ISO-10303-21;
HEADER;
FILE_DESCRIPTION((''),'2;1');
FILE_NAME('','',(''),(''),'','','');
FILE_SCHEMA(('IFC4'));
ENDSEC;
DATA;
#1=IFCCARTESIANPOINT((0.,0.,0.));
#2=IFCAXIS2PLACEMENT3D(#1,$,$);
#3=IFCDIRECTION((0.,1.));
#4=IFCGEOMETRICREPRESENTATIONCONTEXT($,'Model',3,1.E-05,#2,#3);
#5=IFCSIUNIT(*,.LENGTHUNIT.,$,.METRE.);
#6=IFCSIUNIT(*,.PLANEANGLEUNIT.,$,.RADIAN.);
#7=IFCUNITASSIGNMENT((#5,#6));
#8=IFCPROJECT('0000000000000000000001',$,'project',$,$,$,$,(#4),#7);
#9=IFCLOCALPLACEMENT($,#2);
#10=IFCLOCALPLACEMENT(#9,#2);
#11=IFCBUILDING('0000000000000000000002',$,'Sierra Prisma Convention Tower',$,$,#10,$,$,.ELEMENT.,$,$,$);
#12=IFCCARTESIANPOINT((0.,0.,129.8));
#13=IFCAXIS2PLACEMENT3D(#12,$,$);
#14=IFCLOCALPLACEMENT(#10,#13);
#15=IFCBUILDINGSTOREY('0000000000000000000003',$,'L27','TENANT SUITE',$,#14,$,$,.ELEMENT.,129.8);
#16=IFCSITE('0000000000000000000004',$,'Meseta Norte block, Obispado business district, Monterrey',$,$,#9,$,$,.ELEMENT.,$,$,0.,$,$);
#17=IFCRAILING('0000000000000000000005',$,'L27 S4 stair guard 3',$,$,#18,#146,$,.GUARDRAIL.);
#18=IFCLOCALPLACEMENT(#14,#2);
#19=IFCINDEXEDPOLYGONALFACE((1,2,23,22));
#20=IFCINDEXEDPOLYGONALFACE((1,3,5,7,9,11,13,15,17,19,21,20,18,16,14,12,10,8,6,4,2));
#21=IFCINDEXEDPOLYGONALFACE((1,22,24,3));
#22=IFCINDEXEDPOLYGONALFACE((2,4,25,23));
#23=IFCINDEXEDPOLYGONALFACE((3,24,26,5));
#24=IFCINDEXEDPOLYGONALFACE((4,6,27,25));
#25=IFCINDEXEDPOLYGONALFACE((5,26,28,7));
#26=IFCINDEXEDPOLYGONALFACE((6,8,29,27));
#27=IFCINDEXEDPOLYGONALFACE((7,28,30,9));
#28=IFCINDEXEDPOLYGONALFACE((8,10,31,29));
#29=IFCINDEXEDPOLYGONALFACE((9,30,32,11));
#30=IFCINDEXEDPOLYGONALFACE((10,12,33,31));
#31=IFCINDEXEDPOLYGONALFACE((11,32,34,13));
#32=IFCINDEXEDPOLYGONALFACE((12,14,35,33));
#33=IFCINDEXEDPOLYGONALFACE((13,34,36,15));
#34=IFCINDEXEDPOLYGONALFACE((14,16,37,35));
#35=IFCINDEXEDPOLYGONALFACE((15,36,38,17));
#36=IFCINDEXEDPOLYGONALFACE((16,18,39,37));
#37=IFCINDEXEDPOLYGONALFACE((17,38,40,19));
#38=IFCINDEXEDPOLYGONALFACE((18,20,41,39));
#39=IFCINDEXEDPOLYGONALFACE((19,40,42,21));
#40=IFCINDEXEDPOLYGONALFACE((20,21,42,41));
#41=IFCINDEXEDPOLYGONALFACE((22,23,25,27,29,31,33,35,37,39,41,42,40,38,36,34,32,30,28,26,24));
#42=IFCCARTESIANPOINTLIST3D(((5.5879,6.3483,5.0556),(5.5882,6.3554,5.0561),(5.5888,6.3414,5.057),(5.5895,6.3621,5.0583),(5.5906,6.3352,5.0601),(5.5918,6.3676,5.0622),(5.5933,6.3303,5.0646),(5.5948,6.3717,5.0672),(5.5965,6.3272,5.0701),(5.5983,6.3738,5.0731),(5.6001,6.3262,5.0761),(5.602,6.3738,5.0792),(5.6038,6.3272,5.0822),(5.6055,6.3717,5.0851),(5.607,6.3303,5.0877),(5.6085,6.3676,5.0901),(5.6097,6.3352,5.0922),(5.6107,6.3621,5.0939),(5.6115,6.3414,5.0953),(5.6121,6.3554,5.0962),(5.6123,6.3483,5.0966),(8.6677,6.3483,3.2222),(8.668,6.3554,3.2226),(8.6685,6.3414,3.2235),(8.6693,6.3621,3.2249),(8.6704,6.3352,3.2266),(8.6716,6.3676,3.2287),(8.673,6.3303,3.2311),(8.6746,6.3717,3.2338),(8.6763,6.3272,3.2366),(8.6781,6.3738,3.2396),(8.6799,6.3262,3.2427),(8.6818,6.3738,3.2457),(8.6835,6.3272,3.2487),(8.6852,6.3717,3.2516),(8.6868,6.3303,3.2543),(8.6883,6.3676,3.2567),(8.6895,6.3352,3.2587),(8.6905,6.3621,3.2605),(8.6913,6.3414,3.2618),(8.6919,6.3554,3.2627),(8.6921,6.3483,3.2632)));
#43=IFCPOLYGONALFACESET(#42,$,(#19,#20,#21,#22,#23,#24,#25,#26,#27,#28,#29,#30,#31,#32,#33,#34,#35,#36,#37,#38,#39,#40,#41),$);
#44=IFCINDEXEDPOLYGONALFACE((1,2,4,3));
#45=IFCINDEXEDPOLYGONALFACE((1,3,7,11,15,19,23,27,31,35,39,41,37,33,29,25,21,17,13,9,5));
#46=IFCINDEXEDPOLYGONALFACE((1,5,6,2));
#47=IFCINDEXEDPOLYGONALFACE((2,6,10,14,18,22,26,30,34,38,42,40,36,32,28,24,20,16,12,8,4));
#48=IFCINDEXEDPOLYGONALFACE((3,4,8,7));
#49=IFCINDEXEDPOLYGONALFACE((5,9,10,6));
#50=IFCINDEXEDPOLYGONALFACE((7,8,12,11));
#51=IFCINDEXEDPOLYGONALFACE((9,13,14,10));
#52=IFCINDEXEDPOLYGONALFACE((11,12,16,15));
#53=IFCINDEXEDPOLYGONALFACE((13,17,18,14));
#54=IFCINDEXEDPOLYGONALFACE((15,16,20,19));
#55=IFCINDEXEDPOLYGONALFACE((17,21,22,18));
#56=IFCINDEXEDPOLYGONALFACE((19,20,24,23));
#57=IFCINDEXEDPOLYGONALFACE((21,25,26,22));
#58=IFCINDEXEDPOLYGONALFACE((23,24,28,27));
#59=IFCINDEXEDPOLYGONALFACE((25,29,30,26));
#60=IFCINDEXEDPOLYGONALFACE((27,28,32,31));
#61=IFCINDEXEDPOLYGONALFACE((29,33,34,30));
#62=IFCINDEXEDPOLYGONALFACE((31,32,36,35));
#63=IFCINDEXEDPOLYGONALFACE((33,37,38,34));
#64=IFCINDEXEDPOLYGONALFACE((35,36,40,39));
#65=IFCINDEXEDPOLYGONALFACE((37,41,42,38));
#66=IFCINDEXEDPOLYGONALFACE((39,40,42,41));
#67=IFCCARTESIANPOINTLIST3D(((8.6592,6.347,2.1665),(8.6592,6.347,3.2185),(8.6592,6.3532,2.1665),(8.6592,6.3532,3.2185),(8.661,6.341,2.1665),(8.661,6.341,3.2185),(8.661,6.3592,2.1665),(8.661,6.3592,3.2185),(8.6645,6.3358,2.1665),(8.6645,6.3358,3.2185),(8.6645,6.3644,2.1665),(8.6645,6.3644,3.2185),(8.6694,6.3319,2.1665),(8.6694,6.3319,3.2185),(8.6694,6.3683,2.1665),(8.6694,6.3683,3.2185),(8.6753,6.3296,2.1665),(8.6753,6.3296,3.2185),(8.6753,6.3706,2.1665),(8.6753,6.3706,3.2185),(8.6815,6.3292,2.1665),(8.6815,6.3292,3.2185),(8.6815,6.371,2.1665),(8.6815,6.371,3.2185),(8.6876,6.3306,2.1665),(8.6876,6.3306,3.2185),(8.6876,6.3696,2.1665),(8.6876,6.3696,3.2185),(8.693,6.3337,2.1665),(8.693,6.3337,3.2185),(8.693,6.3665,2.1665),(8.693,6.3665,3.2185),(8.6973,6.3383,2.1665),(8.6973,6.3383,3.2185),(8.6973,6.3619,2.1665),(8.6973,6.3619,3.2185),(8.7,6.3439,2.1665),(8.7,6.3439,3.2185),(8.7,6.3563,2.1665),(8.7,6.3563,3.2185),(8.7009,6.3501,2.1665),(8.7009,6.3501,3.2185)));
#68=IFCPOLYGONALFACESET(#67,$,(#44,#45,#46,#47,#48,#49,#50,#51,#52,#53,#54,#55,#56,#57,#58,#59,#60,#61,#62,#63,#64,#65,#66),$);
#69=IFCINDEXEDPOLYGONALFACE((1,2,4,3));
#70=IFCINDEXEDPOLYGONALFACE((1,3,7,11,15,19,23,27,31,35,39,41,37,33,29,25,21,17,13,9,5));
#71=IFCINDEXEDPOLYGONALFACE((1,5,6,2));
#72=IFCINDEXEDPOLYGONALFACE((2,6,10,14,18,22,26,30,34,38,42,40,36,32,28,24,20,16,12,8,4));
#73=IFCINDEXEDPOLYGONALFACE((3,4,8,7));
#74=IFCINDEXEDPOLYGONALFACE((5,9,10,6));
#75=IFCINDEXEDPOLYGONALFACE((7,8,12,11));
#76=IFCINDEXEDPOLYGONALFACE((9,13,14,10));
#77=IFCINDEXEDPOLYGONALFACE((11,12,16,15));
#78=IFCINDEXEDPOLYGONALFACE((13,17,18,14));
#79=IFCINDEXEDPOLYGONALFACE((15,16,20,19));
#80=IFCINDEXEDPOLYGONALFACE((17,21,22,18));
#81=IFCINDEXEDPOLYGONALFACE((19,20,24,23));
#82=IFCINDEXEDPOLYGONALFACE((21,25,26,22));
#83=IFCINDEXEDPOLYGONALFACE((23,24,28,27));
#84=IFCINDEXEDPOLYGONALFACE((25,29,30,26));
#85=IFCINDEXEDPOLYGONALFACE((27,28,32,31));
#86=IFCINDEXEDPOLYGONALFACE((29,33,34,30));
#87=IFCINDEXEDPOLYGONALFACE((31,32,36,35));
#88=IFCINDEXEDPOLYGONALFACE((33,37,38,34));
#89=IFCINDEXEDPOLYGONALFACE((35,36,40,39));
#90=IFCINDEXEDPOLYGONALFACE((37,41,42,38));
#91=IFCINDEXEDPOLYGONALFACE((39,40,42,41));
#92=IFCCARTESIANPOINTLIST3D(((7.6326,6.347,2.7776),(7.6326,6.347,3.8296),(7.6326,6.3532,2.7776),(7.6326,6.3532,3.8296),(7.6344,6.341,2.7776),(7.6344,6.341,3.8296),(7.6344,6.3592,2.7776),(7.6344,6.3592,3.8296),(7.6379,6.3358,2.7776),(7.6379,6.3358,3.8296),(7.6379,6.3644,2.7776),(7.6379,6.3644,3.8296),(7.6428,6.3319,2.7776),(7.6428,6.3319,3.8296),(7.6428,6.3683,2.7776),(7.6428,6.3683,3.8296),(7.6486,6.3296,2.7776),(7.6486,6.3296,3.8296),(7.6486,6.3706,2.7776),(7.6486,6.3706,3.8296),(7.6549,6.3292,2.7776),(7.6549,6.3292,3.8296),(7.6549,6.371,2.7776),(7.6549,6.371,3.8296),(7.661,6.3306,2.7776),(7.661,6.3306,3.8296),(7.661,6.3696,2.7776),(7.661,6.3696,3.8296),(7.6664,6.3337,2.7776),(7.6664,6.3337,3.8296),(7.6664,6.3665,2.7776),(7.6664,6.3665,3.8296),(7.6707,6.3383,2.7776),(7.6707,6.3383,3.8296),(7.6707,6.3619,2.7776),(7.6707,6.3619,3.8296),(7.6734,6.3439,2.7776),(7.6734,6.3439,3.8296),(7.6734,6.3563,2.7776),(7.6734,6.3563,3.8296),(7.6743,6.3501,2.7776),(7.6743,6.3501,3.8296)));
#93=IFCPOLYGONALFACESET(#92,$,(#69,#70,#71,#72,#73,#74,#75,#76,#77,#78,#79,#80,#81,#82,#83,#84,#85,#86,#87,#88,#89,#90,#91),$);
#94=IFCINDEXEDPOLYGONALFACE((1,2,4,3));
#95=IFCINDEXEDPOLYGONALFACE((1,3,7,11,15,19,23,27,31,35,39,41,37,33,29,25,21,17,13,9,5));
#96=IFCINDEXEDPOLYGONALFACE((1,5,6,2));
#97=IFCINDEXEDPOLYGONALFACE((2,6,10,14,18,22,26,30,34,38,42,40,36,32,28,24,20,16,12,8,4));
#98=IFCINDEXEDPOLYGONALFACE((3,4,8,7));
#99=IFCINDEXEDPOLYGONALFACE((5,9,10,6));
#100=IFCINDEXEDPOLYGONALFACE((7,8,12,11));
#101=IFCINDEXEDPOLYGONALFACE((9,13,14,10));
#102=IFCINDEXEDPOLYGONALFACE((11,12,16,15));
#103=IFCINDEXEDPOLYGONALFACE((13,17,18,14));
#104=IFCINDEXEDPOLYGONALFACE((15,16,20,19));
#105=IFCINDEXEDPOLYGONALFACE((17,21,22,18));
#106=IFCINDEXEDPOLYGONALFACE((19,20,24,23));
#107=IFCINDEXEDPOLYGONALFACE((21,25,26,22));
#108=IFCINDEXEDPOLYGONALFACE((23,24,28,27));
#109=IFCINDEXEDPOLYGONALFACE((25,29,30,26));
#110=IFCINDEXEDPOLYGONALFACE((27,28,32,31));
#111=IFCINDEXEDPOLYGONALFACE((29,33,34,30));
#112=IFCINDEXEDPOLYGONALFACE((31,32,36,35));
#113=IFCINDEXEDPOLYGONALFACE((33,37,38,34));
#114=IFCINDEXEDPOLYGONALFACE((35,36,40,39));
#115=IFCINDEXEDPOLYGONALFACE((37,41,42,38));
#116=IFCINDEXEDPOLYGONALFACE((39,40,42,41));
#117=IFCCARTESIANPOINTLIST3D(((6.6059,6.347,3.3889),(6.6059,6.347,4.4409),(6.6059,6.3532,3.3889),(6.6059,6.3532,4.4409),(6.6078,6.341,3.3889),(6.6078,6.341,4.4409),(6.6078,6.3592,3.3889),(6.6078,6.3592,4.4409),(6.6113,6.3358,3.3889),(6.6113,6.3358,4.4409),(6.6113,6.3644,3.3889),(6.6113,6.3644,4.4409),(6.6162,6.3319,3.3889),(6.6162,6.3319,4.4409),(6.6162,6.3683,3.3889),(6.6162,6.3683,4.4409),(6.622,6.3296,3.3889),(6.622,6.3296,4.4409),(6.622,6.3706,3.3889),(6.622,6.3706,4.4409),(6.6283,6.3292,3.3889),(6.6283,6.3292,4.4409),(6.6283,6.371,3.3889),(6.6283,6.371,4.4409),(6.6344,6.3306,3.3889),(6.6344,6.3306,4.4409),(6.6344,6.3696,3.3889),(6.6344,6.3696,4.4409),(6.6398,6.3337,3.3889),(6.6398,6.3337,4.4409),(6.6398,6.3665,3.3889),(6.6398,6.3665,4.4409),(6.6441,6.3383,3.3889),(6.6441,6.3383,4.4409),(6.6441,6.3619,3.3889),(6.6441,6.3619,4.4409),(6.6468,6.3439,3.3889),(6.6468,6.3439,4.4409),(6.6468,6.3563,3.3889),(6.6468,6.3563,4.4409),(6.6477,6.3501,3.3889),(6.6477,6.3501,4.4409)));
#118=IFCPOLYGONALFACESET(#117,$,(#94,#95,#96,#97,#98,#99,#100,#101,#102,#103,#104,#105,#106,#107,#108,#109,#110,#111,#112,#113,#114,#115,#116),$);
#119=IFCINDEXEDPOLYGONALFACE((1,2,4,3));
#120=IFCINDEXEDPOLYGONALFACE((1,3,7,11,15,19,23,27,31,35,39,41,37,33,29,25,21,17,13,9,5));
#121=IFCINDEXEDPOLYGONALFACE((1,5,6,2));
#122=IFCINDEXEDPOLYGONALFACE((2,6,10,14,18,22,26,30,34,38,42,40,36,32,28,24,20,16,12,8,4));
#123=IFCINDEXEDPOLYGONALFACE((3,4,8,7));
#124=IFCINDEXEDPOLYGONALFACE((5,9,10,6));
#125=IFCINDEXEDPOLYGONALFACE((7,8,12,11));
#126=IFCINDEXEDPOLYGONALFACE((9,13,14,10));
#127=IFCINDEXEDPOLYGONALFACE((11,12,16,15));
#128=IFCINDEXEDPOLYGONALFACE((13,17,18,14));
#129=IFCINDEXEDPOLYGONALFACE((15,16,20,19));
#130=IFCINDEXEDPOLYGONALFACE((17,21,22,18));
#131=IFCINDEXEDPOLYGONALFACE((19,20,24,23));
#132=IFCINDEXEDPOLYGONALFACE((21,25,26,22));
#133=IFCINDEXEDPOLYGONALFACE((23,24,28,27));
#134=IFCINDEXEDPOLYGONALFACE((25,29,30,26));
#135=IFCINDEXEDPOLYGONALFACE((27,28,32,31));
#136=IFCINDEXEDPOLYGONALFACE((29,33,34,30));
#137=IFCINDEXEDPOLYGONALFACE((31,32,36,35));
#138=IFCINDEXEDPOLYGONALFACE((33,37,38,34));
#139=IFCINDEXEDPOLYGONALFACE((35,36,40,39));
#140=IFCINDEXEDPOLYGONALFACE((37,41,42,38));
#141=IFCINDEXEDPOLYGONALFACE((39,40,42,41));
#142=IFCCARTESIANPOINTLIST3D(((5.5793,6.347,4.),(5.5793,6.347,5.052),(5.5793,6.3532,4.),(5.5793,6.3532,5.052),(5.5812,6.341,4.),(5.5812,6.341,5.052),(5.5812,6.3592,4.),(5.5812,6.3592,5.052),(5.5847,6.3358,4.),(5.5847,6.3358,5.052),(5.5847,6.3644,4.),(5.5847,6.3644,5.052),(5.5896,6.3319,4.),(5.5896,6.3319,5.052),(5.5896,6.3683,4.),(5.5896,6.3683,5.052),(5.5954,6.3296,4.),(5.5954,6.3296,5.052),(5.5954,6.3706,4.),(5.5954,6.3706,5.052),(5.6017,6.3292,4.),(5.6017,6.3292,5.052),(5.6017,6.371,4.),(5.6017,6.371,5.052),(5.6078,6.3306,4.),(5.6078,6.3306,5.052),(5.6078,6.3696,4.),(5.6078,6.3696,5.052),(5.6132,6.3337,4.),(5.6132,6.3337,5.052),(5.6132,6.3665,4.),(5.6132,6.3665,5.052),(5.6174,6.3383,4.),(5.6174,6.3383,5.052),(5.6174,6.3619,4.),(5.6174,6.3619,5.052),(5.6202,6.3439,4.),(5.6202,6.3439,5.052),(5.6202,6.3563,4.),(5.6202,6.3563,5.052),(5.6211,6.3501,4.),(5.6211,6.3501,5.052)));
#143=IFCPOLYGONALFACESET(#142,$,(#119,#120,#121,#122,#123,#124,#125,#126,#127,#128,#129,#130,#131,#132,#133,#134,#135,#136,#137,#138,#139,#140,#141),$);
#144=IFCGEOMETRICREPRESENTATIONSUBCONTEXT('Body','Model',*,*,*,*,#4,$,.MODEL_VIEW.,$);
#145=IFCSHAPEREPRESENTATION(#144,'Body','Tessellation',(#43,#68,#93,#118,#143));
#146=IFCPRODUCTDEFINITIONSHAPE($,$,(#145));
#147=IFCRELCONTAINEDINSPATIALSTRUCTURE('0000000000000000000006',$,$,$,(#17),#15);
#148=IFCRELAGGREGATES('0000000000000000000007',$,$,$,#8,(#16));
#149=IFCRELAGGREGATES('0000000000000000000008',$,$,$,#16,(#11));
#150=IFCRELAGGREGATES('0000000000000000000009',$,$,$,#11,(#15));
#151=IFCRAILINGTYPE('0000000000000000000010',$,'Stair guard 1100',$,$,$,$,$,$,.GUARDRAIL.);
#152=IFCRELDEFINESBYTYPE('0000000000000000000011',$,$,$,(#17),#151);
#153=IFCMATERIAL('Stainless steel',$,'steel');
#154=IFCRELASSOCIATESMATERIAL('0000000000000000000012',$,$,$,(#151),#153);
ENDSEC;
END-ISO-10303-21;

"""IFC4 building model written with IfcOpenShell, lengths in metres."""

from ifc_helpers import new_model, si_unit, direction, frame, origin, origin_2d, place, context, subcontext, project, spatial, circle, extrude, material, type_object, element, save


model = new_model("IFC4")

# Units and contexts
model_context = context("Model", 3, precision=1e-05, world=origin(), true_north=direction((0.0, 1.0)))
body_context = subcontext(model_context, "Body", "Model", "MODEL_VIEW")
ifc_project = project(units=[si_unit("LENGTHUNIT", "METRE"), si_unit("PLANEANGLEUNIT", "RADIAN")], contexts=[model_context])

# Site, building, storey
site_placement = place(None, origin())
site = spatial("IfcSite", under=ifc_project, at=site_placement, Name="Meseta Norte block, Obispado business district, Monterrey", CompositionType="ELEMENT", RefElevation=0.0)
building_placement = place(site_placement, origin())
building = spatial("IfcBuilding", under=site, at=building_placement, Name="Sierra Prisma Convention Tower", CompositionType="ELEMENT")
storey_placement = place(building_placement, frame((0.0, 0.0, 129.8)))
storey = spatial("IfcBuildingStorey", under=building, at=storey_placement, Name="L27", Description="TENANT SUITE", CompositionType="ELEMENT", Elevation=129.8)

# Railing
ifc_material_1 = material(Name="Stainless steel", Category="steel")
railing_type_1 = type_object("IfcRailingType", Name="Stair guard 1100", PredefinedType="GUARDRAIL", material=ifc_material_1)
railing_1_placement = place(storey_placement, frame((8.6799, 6.3501, 2.1665)))
element("IfcRailing", 1, at=railing_1_placement, inside=storey, type_object=railing_type_1, Name="L27 S4 stair guard 3", PredefinedType="GUARDRAIL", context=body_context, shape_type="SweptSolid", body=[
    extrude(circle(Radius=0.0239, at=origin_2d()), frame((0.0, 0.0, 1.0762), z_axis=(-0.859261, 0.0, 0.511538), x_axis=(0.0, -1.0, 0.0)), (0.0, 0.0, 1.0), 3.5842),
    extrude(circle(Radius=0.021, at=origin_2d()), origin(), (0.0, 0.0, 1.0), 1.052),
    extrude(circle(Radius=0.021, at=origin_2d()), frame((-1.0266, 0.0, 0.6111)), (0.0, 0.0, 1.0), 1.052),
    extrude(circle(Radius=0.021, at=origin_2d()), frame((-2.0532, 0.0, 1.2224)), (0.0, 0.0, 1.0), 1.052),
    extrude(circle(Radius=0.021, at=origin_2d()), frame((-3.0798, 0.0, 1.8335)), (0.0, 0.0, 1.0), 1.052),
])

save(model, "model.ifc")
